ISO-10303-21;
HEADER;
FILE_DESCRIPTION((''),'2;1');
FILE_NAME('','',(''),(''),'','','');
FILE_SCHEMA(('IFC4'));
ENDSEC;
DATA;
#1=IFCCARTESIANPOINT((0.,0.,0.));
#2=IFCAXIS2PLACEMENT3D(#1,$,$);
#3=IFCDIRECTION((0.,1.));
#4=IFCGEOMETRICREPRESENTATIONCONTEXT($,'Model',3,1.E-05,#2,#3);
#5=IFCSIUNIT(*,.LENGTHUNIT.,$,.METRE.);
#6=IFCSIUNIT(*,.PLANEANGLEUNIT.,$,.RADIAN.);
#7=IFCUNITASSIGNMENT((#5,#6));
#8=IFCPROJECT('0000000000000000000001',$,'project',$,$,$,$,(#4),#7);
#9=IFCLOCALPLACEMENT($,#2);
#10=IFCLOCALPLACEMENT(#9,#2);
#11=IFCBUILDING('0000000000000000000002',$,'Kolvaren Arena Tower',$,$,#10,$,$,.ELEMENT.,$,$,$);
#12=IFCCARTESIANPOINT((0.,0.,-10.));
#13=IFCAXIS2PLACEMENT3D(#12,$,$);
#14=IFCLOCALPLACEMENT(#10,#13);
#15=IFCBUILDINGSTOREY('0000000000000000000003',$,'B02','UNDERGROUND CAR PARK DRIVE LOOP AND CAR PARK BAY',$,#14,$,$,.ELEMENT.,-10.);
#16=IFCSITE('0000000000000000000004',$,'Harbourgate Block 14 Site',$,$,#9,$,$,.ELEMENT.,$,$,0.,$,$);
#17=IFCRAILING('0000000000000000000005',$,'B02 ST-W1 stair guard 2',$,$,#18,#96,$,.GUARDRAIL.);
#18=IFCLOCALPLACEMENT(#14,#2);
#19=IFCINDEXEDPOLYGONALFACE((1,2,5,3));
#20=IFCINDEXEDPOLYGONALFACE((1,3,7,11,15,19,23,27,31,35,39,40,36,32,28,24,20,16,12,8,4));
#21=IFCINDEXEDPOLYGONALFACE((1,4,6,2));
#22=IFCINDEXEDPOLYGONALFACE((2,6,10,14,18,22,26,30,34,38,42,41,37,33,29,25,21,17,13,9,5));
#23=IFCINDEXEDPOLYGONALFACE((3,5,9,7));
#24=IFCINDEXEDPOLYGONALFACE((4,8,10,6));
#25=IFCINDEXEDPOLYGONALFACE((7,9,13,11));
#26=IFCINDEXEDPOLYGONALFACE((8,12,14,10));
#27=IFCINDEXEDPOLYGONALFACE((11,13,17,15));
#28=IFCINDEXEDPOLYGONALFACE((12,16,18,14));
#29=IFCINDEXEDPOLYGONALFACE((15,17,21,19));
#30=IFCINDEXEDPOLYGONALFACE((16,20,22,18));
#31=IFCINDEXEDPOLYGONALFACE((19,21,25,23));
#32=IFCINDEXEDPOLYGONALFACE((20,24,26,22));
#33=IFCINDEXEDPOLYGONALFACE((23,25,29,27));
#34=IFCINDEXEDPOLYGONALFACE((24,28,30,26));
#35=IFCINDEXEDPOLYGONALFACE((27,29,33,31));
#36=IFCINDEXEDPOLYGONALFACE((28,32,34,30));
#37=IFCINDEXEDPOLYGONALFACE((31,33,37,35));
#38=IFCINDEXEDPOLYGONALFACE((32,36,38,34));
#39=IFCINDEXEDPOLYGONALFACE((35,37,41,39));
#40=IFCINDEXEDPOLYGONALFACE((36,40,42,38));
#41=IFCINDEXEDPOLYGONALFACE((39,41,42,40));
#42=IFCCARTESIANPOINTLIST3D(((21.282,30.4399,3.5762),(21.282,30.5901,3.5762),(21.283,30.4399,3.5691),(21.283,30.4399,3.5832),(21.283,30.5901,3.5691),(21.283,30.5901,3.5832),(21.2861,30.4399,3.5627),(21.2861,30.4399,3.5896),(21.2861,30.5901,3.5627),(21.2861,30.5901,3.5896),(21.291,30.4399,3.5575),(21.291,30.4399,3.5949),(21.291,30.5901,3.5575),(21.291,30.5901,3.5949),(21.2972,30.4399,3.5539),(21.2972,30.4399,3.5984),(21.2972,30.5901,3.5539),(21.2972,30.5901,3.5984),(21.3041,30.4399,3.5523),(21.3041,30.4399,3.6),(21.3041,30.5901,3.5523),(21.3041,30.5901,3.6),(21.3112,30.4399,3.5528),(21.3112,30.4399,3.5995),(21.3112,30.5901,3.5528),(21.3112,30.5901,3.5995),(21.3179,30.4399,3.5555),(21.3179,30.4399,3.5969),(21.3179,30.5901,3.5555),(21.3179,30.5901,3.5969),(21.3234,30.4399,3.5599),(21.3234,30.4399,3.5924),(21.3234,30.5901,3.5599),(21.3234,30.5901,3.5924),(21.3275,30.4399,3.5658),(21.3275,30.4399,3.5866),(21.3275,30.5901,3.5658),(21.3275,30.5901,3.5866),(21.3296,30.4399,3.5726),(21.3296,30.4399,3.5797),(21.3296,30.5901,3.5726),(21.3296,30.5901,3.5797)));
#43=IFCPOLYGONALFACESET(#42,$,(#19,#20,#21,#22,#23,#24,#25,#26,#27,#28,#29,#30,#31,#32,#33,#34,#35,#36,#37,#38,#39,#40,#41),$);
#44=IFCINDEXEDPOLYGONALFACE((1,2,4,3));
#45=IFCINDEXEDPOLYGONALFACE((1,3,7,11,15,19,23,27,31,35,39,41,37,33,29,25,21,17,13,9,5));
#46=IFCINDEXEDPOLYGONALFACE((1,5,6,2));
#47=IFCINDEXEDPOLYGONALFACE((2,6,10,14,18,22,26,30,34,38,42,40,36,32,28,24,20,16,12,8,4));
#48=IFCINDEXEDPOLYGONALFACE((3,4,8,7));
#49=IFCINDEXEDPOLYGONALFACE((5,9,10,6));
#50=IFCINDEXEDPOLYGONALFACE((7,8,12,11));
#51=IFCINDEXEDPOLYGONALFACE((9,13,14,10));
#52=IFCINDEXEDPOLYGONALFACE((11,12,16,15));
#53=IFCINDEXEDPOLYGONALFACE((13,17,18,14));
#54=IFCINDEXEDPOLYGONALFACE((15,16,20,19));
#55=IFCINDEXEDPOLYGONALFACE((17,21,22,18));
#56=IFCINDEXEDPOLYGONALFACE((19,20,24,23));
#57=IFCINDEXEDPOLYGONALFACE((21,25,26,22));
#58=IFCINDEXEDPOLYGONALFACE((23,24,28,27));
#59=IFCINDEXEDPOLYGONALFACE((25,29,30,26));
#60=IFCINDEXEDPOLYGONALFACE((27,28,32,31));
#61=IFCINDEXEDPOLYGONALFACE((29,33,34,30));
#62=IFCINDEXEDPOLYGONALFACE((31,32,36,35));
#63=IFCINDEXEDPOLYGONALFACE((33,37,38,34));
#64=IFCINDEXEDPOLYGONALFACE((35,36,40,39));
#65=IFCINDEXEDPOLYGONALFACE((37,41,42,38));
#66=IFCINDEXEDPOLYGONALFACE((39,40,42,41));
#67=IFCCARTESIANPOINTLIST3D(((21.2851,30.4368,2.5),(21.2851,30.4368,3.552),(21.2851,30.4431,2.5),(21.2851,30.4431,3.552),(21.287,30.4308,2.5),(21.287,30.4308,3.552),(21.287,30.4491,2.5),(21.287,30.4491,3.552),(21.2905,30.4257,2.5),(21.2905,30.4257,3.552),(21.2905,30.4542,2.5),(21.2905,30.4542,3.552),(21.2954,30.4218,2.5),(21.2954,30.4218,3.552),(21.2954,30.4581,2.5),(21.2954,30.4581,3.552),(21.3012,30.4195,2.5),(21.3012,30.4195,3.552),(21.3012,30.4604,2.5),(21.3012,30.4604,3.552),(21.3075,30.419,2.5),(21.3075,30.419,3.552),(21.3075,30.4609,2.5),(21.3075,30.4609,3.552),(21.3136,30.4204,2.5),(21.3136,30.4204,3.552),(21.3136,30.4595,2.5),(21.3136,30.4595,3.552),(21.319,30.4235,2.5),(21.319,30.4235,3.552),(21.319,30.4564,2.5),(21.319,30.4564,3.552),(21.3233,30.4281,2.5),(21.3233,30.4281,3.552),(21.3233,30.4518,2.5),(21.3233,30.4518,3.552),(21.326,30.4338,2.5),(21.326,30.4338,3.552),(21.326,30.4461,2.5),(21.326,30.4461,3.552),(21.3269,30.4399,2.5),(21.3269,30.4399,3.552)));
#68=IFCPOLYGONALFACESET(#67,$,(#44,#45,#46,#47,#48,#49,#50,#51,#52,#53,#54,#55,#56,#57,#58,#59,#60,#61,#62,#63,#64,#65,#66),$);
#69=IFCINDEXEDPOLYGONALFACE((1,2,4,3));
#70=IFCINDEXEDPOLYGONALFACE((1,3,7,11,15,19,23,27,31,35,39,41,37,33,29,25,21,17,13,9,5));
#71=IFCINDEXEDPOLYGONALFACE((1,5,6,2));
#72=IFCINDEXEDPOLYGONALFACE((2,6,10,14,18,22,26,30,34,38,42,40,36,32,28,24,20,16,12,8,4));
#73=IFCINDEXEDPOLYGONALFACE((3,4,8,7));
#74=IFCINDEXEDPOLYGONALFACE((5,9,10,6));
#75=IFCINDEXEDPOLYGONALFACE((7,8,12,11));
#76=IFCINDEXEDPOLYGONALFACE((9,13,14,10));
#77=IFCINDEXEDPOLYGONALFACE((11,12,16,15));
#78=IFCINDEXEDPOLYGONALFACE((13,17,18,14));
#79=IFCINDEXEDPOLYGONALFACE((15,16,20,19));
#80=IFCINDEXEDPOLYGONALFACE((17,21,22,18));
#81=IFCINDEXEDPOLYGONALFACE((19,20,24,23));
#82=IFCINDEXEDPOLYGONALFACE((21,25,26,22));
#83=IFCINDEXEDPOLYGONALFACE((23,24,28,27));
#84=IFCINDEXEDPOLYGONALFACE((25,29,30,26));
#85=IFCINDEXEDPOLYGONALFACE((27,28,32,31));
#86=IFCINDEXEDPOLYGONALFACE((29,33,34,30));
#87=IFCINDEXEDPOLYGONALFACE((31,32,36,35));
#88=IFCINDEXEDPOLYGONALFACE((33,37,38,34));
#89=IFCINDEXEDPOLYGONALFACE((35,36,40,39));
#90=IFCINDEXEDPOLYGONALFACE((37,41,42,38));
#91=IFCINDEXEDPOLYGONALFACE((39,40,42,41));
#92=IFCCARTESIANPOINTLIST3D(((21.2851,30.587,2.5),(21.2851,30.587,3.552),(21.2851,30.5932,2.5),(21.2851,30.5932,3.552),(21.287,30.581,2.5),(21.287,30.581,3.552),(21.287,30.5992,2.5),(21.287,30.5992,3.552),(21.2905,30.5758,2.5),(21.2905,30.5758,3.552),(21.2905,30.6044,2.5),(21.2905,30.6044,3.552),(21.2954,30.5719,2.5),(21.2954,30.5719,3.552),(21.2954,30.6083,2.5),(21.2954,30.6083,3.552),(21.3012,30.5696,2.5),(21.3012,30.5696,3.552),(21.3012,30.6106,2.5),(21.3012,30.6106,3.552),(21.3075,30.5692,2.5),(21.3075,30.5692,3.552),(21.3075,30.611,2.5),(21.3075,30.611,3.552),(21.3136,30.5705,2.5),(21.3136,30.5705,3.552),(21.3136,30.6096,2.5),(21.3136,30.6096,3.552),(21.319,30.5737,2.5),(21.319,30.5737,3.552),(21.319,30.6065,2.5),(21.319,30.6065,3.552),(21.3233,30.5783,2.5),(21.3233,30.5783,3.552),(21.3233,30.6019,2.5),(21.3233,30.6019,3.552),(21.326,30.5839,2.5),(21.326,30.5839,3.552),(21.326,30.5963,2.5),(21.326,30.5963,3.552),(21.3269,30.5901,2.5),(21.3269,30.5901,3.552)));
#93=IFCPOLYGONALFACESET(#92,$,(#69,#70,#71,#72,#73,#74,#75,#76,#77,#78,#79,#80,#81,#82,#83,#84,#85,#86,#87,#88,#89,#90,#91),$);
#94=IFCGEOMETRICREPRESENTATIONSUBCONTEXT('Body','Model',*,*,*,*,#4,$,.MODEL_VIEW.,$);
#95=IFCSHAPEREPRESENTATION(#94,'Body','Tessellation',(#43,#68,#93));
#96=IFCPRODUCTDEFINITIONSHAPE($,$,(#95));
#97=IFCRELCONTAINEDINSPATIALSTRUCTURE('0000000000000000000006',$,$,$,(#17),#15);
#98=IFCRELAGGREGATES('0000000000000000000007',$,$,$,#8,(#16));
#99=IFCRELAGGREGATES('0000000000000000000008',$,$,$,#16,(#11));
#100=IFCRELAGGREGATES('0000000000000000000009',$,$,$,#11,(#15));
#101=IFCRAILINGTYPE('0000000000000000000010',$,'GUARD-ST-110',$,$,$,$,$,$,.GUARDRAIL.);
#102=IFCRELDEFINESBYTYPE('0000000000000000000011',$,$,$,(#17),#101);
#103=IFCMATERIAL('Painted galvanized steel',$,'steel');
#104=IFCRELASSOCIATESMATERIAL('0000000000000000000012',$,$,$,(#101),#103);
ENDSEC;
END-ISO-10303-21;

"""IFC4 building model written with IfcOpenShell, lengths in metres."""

from ifc_helpers import new_model, si_unit, direction, frame, origin, origin_2d, place, context, subcontext, project, spatial, circle, extrude, material, type_object, element, save


model = new_model("IFC4")

# Units and contexts
model_context = context("Model", 3, precision=1e-05, world=origin(), true_north=direction((0.0, 1.0)))
body_context = subcontext(model_context, "Body", "Model", "MODEL_VIEW")
ifc_project = project(units=[si_unit("LENGTHUNIT", "METRE"), si_unit("PLANEANGLEUNIT", "RADIAN")], contexts=[model_context])

# Site, building, storey
site_placement = place(None, origin())
site = spatial("IfcSite", under=ifc_project, at=site_placement, Name="Harbourgate Block 14 Site", CompositionType="ELEMENT", RefElevation=0.0)
building_placement = place(site_placement, origin())
building = spatial("IfcBuilding", under=site, at=building_placement, Name="Kolvaren Arena Tower", CompositionType="ELEMENT")
storey_placement = place(building_placement, frame((0.0, 0.0, -10.0)))
storey = spatial("IfcBuildingStorey", under=building, at=storey_placement, Name="B02", Description="UNDERGROUND CAR PARK DRIVE LOOP AND CAR PARK BAY", CompositionType="ELEMENT", Elevation=-10.0)

# Railing
ifc_material_1 = material(Name="Painted galvanized steel", Category="steel")
railing_type_1 = type_object("IfcRailingType", Name="GUARD-ST-110", PredefinedType="GUARDRAIL", material=ifc_material_1)
railing_1_placement = place(storey_placement, frame((21.3059, 30.4399, 2.5)))
element("IfcRailing", 1, at=railing_1_placement, inside=storey, type_object=railing_type_1, Name="B02 ST-W1 stair guard 2", PredefinedType="GUARDRAIL", context=body_context, shape_type="SweptSolid", body=[
    extrude(circle(Radius=0.0239, at=origin_2d()), frame((0.0, 0.0, 1.0762), z_axis=(0.0, 1.0, 0.0), x_axis=(-1.0, 0.0, 0.0)), (0.0, 0.0, 1.0), 0.1501),
    extrude(circle(Radius=0.021, at=origin_2d()), origin(), (0.0, 0.0, 1.0), 1.052),
    extrude(circle(Radius=0.021, at=origin_2d()), frame((0.0, 0.1501, 0.0)), (0.0, 0.0, 1.0), 1.052),
])

save(model, "model.ifc")
